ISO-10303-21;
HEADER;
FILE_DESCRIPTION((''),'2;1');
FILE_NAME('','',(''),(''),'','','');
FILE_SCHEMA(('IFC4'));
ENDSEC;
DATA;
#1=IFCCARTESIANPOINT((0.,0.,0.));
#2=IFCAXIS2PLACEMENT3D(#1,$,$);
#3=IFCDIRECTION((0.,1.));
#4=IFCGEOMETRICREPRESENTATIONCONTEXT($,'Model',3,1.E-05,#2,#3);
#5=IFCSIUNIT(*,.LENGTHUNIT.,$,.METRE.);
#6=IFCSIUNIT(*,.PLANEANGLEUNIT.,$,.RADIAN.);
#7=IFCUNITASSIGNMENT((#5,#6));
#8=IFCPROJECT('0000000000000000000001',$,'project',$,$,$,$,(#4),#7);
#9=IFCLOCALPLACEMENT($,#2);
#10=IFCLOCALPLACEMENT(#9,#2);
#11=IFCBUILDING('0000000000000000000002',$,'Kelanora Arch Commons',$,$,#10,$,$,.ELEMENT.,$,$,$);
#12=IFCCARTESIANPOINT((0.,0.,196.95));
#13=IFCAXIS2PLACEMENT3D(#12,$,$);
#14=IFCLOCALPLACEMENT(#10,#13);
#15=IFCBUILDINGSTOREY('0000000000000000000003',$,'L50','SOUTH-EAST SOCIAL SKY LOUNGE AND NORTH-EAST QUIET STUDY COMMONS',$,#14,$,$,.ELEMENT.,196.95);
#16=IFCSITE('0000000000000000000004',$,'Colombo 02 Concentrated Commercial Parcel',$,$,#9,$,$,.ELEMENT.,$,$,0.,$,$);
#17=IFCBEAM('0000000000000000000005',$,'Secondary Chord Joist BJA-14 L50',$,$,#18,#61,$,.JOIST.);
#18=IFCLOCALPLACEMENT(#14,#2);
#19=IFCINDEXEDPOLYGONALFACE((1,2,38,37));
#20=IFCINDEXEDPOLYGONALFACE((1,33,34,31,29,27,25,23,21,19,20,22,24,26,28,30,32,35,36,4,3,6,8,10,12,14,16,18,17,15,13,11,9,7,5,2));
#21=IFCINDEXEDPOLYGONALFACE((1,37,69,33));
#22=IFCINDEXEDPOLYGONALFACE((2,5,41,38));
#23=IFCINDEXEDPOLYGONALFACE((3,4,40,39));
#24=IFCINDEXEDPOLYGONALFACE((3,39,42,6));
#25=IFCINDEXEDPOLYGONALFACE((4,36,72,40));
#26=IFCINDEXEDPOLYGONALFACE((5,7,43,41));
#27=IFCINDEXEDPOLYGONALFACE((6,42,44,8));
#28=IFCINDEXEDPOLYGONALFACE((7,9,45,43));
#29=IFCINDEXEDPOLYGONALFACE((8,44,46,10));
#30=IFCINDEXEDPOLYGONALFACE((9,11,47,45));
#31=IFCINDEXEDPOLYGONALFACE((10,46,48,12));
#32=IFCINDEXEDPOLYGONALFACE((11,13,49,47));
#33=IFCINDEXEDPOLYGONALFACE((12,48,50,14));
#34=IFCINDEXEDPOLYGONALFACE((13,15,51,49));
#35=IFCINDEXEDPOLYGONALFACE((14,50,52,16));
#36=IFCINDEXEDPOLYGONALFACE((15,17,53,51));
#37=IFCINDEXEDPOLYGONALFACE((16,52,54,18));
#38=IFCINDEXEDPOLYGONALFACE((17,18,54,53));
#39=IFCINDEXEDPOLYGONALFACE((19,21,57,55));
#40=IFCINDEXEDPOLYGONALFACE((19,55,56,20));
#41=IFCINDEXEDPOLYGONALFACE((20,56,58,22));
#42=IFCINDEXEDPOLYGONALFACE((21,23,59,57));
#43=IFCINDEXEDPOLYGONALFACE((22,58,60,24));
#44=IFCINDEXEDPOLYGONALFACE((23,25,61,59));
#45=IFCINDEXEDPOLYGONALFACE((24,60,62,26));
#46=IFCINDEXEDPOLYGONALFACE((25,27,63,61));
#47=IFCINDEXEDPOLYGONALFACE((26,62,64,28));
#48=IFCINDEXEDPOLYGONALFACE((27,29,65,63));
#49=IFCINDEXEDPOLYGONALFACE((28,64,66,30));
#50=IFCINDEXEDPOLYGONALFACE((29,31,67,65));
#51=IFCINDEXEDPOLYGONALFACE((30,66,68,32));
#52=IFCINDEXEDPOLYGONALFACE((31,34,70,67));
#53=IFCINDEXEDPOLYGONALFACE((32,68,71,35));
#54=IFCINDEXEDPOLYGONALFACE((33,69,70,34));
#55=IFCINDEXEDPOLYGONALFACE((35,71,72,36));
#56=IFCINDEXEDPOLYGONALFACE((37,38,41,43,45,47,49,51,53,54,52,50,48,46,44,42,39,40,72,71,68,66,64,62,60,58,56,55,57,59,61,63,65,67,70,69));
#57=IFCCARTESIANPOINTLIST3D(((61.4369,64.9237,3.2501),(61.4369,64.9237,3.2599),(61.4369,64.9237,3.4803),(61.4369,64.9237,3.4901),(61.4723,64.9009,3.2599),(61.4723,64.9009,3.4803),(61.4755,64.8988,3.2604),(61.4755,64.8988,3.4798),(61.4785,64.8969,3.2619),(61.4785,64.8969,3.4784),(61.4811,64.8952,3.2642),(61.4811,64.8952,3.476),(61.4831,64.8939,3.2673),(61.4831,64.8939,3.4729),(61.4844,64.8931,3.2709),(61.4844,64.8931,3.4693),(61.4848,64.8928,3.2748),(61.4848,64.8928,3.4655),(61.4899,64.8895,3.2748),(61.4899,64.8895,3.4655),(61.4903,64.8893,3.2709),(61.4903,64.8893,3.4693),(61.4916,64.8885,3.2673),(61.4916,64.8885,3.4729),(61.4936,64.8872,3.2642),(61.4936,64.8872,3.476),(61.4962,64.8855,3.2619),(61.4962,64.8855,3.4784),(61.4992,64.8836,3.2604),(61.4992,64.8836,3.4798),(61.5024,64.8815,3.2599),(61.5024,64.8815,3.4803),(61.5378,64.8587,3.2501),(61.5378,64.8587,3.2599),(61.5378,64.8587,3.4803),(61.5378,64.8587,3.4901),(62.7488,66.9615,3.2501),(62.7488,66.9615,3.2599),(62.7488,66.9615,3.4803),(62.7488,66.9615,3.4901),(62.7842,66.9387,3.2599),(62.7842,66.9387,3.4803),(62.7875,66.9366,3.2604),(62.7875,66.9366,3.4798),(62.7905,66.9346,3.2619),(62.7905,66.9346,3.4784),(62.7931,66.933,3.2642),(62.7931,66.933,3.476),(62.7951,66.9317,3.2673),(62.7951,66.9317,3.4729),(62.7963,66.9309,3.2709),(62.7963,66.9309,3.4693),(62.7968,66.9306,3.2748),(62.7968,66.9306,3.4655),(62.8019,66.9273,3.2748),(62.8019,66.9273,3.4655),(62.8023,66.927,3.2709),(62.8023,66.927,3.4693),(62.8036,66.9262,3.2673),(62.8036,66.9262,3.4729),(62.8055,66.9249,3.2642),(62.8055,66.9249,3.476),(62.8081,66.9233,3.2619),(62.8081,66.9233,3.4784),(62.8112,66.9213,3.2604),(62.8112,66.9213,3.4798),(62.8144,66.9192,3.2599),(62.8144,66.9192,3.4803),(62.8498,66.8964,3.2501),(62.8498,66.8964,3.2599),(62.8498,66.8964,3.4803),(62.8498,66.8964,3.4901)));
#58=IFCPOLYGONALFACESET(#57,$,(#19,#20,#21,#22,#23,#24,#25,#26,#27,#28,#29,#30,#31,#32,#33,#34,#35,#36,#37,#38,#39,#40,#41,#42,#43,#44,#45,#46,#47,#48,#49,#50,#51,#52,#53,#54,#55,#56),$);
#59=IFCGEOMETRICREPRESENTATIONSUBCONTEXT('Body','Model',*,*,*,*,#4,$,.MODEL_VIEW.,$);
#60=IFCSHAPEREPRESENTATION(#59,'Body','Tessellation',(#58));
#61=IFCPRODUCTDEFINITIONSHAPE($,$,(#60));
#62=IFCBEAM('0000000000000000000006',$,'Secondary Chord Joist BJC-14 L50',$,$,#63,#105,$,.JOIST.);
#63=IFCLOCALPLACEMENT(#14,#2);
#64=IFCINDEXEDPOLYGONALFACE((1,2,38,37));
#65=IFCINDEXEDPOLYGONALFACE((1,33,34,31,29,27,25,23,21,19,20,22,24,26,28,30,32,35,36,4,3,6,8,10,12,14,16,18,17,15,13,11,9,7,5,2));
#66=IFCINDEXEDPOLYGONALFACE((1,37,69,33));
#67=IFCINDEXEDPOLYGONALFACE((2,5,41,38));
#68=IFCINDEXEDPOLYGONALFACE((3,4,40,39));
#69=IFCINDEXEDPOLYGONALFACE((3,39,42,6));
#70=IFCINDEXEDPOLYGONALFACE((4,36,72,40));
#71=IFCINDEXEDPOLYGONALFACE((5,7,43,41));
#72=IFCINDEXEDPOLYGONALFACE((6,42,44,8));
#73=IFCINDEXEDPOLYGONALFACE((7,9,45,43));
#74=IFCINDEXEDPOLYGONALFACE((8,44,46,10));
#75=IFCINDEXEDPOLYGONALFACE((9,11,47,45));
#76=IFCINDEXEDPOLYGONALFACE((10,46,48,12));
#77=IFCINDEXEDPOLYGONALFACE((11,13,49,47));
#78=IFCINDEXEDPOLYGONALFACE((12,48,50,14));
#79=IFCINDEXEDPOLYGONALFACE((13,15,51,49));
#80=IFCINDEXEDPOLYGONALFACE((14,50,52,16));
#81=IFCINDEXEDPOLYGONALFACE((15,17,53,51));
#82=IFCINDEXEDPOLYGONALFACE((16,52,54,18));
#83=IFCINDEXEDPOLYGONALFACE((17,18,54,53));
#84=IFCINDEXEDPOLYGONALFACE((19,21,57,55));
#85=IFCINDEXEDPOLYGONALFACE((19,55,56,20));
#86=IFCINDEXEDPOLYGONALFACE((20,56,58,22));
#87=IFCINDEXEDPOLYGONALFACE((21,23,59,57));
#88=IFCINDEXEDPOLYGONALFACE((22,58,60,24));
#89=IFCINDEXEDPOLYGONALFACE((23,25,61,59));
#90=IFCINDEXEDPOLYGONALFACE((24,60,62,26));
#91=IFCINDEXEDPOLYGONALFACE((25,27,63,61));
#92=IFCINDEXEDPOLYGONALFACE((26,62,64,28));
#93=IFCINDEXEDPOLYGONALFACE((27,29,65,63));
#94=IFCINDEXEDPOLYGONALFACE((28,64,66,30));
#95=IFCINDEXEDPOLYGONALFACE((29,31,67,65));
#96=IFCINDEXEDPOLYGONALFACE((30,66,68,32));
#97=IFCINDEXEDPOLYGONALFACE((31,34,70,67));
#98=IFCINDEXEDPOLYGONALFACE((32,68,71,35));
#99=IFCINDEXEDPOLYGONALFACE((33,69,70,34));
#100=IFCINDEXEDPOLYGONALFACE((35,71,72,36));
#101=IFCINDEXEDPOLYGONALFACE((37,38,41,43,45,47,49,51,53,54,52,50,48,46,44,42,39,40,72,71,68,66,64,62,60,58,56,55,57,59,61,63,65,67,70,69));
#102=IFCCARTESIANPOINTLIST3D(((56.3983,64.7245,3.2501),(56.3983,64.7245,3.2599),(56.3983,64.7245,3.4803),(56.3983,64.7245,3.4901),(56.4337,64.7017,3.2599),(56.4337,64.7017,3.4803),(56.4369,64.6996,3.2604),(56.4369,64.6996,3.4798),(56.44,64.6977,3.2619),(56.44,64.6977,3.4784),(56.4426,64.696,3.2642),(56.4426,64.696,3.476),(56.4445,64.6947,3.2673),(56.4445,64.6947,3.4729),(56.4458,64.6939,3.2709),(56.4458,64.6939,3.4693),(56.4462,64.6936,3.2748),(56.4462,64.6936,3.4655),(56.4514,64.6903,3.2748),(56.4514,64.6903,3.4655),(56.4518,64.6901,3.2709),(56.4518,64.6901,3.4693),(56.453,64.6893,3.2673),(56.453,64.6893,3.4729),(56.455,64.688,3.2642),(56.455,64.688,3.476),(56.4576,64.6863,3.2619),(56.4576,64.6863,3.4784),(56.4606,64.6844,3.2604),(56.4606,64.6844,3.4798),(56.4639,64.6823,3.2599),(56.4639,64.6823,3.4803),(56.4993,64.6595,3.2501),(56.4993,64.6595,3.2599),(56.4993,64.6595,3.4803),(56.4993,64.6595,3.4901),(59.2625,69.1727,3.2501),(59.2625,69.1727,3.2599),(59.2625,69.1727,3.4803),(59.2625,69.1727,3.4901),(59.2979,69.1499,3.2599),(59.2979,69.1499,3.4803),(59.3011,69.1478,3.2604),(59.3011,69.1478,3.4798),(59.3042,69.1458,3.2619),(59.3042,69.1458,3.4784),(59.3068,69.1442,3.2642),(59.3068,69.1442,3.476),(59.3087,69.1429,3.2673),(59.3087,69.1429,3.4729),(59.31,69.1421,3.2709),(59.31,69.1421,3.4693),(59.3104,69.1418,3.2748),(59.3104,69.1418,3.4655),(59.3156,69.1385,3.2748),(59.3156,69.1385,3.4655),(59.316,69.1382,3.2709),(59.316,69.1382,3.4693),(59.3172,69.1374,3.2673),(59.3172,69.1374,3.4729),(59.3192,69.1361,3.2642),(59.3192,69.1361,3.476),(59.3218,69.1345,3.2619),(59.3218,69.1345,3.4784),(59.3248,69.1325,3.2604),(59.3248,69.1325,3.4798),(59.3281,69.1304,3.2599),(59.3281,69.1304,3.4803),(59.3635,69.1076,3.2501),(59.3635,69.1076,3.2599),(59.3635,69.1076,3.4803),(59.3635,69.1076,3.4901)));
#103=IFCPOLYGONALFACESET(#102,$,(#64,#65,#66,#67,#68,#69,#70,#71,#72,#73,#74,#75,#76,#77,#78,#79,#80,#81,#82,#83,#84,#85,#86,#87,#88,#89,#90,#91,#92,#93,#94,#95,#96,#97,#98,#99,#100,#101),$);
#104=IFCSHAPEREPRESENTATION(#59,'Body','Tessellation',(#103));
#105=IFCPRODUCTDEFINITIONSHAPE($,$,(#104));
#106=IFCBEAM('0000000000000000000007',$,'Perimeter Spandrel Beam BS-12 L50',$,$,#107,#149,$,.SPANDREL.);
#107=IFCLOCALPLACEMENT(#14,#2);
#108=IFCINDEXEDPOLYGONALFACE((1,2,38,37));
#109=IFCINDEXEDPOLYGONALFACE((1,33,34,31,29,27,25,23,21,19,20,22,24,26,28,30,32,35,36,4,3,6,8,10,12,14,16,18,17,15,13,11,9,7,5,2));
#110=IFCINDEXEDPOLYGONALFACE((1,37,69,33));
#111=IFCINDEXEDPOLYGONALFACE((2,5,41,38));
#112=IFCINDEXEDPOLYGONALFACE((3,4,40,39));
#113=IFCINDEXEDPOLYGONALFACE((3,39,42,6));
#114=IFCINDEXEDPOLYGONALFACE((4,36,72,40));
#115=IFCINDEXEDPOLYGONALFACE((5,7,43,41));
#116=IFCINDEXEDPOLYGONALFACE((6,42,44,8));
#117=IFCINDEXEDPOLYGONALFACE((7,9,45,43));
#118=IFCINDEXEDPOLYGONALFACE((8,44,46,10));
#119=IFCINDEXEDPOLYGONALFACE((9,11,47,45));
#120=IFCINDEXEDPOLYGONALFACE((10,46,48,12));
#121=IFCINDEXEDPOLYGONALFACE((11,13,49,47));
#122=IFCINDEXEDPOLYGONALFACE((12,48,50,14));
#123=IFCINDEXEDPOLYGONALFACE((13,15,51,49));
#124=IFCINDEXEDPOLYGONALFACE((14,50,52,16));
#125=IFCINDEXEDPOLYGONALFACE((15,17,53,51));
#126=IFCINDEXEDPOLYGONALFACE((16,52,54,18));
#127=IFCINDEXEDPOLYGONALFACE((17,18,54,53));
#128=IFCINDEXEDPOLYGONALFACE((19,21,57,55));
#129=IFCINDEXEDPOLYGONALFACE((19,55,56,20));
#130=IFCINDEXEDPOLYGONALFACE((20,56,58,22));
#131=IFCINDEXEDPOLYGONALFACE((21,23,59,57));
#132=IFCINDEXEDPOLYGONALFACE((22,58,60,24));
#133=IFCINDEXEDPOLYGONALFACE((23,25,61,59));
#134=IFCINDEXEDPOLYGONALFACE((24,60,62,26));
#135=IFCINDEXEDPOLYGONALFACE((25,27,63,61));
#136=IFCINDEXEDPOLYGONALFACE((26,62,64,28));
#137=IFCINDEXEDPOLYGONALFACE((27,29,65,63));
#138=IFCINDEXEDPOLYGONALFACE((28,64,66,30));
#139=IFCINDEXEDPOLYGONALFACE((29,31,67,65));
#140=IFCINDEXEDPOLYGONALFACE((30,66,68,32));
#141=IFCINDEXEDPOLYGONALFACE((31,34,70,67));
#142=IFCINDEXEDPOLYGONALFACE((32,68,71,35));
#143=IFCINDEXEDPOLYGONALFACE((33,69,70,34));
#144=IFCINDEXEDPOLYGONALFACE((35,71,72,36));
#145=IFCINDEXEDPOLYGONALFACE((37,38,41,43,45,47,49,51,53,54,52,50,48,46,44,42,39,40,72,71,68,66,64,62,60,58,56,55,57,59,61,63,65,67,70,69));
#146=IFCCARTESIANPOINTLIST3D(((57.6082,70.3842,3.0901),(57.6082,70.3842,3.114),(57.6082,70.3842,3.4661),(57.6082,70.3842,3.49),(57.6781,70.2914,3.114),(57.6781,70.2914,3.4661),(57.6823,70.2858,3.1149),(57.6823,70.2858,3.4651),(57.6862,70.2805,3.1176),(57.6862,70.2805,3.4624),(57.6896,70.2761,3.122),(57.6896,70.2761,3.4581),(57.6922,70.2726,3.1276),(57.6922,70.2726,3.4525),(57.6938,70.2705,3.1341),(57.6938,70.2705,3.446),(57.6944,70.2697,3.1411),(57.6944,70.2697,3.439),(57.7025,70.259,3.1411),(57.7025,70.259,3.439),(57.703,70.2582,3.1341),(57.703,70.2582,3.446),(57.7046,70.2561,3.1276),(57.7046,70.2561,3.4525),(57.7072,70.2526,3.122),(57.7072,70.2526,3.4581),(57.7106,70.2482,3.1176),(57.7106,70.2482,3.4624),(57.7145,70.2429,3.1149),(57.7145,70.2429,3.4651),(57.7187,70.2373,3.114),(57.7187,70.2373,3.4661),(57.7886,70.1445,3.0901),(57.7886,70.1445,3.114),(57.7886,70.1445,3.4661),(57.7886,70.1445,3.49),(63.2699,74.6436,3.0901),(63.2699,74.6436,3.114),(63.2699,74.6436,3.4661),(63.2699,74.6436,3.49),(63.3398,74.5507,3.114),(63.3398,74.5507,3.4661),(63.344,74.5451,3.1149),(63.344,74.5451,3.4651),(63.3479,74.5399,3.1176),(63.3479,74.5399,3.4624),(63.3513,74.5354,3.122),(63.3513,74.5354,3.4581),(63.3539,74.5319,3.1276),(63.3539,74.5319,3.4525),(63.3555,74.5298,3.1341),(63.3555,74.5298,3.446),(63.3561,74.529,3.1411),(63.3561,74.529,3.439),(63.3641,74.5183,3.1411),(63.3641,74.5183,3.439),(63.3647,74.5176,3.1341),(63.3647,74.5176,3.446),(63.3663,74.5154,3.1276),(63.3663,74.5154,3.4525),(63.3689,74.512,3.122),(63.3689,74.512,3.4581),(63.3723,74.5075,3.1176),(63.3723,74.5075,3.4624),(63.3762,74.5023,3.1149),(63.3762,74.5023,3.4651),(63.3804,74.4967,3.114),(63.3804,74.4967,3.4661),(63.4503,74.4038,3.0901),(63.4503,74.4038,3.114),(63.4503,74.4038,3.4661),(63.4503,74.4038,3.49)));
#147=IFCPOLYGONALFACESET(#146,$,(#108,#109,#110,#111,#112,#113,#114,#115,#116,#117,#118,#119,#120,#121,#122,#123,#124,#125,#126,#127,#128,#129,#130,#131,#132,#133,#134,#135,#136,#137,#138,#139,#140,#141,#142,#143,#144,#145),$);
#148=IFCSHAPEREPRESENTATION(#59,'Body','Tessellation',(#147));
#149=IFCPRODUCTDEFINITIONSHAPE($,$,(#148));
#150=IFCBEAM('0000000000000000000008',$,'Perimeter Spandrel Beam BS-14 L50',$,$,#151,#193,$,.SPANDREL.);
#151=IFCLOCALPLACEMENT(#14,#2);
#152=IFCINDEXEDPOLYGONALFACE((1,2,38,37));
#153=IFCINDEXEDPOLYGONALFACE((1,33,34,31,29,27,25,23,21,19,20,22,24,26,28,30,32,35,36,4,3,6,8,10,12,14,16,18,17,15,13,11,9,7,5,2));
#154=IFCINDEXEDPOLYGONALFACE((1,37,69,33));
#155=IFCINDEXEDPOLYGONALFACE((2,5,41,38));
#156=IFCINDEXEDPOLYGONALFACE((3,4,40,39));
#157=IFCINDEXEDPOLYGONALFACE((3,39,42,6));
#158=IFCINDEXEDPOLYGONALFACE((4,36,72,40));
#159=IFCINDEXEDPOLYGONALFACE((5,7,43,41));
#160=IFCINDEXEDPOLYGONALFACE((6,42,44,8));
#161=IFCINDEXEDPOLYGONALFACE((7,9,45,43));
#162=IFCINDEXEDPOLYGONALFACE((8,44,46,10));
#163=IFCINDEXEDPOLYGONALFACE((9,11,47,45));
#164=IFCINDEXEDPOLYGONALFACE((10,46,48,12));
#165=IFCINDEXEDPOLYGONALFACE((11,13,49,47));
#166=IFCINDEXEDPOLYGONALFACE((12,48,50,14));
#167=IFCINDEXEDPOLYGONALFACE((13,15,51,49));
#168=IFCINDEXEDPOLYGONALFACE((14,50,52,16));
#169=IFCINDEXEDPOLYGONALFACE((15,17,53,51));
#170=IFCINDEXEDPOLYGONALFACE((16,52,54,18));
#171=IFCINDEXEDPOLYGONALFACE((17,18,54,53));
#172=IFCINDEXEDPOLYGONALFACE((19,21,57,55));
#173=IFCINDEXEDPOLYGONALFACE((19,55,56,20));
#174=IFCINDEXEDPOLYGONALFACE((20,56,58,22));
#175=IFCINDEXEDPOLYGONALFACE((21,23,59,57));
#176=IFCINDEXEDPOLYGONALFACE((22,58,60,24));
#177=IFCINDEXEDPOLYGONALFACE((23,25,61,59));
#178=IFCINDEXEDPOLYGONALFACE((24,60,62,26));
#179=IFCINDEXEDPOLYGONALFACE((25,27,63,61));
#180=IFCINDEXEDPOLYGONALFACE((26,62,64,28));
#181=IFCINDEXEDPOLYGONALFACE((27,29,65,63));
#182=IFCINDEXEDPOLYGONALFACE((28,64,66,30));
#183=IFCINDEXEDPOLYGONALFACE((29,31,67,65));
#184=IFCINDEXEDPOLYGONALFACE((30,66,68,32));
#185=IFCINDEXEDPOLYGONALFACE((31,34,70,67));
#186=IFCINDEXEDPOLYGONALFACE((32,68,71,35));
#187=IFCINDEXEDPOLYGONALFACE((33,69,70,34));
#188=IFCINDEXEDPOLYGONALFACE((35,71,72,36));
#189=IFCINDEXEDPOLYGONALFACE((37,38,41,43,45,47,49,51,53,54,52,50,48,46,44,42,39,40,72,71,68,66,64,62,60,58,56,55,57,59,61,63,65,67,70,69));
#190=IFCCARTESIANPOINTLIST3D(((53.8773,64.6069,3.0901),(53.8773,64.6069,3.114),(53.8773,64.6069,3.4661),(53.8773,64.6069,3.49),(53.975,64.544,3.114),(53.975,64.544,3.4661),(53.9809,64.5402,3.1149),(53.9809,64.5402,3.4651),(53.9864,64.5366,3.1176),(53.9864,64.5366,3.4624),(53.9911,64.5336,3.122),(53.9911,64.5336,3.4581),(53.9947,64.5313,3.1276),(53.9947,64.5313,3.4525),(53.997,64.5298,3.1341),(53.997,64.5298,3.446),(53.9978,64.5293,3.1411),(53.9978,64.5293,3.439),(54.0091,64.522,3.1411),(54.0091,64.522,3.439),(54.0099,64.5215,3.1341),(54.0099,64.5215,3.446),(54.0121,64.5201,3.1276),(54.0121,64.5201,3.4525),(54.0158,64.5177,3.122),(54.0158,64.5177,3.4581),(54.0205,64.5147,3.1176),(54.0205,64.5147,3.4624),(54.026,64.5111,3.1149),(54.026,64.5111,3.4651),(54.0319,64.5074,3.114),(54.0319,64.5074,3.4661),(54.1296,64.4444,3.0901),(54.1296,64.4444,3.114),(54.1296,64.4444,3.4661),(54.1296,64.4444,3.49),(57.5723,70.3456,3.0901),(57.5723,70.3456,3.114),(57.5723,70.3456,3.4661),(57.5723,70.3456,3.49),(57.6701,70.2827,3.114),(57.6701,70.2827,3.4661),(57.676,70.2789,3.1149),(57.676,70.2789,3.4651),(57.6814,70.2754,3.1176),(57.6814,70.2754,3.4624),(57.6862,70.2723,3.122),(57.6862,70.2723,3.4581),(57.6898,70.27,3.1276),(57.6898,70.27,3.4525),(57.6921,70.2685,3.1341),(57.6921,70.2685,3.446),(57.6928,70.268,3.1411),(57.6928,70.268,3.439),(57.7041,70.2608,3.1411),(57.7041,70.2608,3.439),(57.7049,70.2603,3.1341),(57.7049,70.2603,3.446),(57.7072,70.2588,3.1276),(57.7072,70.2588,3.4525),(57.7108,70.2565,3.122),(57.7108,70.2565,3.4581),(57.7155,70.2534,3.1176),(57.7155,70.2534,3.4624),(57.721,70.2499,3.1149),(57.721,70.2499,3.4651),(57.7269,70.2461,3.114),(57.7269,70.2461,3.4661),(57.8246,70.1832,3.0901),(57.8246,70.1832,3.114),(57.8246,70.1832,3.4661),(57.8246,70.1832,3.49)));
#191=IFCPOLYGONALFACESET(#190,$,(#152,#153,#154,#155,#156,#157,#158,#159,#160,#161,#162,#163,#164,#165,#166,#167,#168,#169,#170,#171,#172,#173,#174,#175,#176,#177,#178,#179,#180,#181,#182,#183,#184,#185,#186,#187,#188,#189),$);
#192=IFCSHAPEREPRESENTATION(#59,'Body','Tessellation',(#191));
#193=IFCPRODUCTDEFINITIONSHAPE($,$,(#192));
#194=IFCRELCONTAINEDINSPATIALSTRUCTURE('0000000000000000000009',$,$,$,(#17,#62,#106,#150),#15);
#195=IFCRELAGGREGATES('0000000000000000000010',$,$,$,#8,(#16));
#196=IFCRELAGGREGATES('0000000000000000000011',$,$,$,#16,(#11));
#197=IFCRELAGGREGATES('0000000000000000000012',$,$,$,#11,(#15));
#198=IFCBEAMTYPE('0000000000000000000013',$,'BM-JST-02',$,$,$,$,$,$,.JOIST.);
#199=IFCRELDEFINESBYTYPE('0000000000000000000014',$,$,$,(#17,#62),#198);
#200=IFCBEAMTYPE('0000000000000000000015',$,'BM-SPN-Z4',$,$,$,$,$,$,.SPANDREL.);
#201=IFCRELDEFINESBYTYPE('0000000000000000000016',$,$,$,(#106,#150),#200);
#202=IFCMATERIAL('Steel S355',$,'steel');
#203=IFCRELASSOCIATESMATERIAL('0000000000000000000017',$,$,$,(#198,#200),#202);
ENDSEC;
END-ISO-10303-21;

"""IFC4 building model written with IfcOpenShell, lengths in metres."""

from ifc_helpers import new_model, si_unit, direction, frame, origin, origin_2d, place, context, subcontext, project, spatial, i_section, extrude, material, material_profile, profile_set, type_object, element, save


model = new_model("IFC4")

# Units and contexts
model_context = context("Model", 3, precision=1e-05, world=origin(), true_north=direction((0.0, 1.0)))
body_context = subcontext(model_context, "Body", "Model", "MODEL_VIEW")
ifc_project = project(units=[si_unit("LENGTHUNIT", "METRE"), si_unit("PLANEANGLEUNIT", "RADIAN")], contexts=[model_context])

# Site, building, storey
site_placement = place(None, origin())
site = spatial("IfcSite", under=ifc_project, at=site_placement, Name="Colombo 02 Concentrated Commercial Parcel", CompositionType="ELEMENT", RefElevation=0.0)
building_placement = place(site_placement, origin())
building = spatial("IfcBuilding", under=site, at=building_placement, Name="Kelanora Arch Commons", CompositionType="ELEMENT")
storey_placement = place(building_placement, frame((0.0, 0.0, 196.95)))
storey = spatial("IfcBuildingStorey", under=building, at=storey_placement, Name="L50", Description="SOUTH-EAST SOCIAL SKY LOUNGE AND NORTH-EAST QUIET STUDY COMMONS", CompositionType="ELEMENT", Elevation=196.95)

# Beams
ifc_material_1 = material(Name="Steel S355", Category="steel")
ifc_material_profile_1 = material_profile(ifc_material_1, i_section(OverallWidth=0.1201, OverallDepth=0.24, WebThickness=0.0061, FlangeThickness=0.0098, FilletRadius=0.0149, at=origin_2d()), Name="IPE240")
ifc_profile_set_1 = profile_set([ifc_material_profile_1], Name="Steel S355")
beam_type_1 = type_object("IfcBeamType", Name="BM-JST-02", PredefinedType="JOIST", material=ifc_profile_set_1)
beam_1_placement = place(storey_placement, frame((62.7993, 66.929, 3.3701), z_axis=(-0.541333, -0.840808, 0.0), x_axis=(0.840808, -0.541333, 0.0)))
element("IfcBeam", 1, at=beam_1_placement, inside=storey, type_object=beam_type_1, Name="Secondary Chord Joist BJA-14 L50", PredefinedType="JOIST", context=body_context, shape_type="SweptSolid", body=[
    extrude(i_section(OverallWidth=0.1201, OverallDepth=0.24, WebThickness=0.0061, FlangeThickness=0.0098, FilletRadius=0.0149, at=origin_2d()), origin(), (0.0, 0.0, 1.0), 2.4236),
])
beam_2_placement = place(storey_placement, frame((59.313, 69.1401, 3.3701), z_axis=(-0.541382, -0.840776, 0.0), x_axis=(0.840776, -0.541382, 0.0)))
element("IfcBeam", 2, at=beam_2_placement, inside=storey, type_object=beam_type_1, Name="Secondary Chord Joist BJC-14 L50", PredefinedType="JOIST", context=body_context, shape_type="SweptSolid", body=[
    extrude(i_section(OverallWidth=0.1201, OverallDepth=0.24, WebThickness=0.0061, FlangeThickness=0.0098, FilletRadius=0.0149, at=origin_2d()), origin(), (0.0, 0.0, 1.0), 5.2905),
])
ifc_material_profile_2 = material_profile(ifc_material_1, i_section(OverallWidth=0.3, OverallDepth=0.3999, WebThickness=0.0134, FlangeThickness=0.0239, FilletRadius=0.0271, at=origin_2d()), Name="HEB400")
ifc_profile_set_2 = profile_set([ifc_material_profile_2], Name="Steel S355")
beam_type_2 = type_object("IfcBeamType", Name="BM-SPN-Z4", PredefinedType="SPANDREL", material=ifc_profile_set_2)
beam_3_placement = place(storey_placement, frame((63.3601, 74.5237, 3.29), z_axis=(-0.799114, -0.601179, 0.0), x_axis=(0.601179, -0.799114, 0.0)))
element("IfcBeam", 3, at=beam_3_placement, inside=storey, type_object=beam_type_2, Name="Perimeter Spandrel Beam BS-12 L50", PredefinedType="SPANDREL", context=body_context, shape_type="SweptSolid", body=[
    extrude(i_section(OverallWidth=0.3, OverallDepth=0.3999, WebThickness=0.0134, FlangeThickness=0.0239, FilletRadius=0.0271, at=origin_2d()), origin(), (0.0, 0.0, 1.0), 7.085),
])
beam_4_placement = place(storey_placement, frame((57.6985, 70.2644, 3.29), z_axis=(-0.541365, -0.840788, 0.0), x_axis=(0.840788, -0.541365, 0.0)))
element("IfcBeam", 4, at=beam_4_placement, inside=storey, type_object=beam_type_2, Name="Perimeter Spandrel Beam BS-14 L50", PredefinedType="SPANDREL", context=body_context, shape_type="SweptSolid", body=[
    extrude(i_section(OverallWidth=0.3, OverallDepth=0.3999, WebThickness=0.0134, FlangeThickness=0.0239, FilletRadius=0.0271, at=origin_2d()), origin(), (0.0, 0.0, 1.0), 6.8254),
])

save(model, "model.ifc")
